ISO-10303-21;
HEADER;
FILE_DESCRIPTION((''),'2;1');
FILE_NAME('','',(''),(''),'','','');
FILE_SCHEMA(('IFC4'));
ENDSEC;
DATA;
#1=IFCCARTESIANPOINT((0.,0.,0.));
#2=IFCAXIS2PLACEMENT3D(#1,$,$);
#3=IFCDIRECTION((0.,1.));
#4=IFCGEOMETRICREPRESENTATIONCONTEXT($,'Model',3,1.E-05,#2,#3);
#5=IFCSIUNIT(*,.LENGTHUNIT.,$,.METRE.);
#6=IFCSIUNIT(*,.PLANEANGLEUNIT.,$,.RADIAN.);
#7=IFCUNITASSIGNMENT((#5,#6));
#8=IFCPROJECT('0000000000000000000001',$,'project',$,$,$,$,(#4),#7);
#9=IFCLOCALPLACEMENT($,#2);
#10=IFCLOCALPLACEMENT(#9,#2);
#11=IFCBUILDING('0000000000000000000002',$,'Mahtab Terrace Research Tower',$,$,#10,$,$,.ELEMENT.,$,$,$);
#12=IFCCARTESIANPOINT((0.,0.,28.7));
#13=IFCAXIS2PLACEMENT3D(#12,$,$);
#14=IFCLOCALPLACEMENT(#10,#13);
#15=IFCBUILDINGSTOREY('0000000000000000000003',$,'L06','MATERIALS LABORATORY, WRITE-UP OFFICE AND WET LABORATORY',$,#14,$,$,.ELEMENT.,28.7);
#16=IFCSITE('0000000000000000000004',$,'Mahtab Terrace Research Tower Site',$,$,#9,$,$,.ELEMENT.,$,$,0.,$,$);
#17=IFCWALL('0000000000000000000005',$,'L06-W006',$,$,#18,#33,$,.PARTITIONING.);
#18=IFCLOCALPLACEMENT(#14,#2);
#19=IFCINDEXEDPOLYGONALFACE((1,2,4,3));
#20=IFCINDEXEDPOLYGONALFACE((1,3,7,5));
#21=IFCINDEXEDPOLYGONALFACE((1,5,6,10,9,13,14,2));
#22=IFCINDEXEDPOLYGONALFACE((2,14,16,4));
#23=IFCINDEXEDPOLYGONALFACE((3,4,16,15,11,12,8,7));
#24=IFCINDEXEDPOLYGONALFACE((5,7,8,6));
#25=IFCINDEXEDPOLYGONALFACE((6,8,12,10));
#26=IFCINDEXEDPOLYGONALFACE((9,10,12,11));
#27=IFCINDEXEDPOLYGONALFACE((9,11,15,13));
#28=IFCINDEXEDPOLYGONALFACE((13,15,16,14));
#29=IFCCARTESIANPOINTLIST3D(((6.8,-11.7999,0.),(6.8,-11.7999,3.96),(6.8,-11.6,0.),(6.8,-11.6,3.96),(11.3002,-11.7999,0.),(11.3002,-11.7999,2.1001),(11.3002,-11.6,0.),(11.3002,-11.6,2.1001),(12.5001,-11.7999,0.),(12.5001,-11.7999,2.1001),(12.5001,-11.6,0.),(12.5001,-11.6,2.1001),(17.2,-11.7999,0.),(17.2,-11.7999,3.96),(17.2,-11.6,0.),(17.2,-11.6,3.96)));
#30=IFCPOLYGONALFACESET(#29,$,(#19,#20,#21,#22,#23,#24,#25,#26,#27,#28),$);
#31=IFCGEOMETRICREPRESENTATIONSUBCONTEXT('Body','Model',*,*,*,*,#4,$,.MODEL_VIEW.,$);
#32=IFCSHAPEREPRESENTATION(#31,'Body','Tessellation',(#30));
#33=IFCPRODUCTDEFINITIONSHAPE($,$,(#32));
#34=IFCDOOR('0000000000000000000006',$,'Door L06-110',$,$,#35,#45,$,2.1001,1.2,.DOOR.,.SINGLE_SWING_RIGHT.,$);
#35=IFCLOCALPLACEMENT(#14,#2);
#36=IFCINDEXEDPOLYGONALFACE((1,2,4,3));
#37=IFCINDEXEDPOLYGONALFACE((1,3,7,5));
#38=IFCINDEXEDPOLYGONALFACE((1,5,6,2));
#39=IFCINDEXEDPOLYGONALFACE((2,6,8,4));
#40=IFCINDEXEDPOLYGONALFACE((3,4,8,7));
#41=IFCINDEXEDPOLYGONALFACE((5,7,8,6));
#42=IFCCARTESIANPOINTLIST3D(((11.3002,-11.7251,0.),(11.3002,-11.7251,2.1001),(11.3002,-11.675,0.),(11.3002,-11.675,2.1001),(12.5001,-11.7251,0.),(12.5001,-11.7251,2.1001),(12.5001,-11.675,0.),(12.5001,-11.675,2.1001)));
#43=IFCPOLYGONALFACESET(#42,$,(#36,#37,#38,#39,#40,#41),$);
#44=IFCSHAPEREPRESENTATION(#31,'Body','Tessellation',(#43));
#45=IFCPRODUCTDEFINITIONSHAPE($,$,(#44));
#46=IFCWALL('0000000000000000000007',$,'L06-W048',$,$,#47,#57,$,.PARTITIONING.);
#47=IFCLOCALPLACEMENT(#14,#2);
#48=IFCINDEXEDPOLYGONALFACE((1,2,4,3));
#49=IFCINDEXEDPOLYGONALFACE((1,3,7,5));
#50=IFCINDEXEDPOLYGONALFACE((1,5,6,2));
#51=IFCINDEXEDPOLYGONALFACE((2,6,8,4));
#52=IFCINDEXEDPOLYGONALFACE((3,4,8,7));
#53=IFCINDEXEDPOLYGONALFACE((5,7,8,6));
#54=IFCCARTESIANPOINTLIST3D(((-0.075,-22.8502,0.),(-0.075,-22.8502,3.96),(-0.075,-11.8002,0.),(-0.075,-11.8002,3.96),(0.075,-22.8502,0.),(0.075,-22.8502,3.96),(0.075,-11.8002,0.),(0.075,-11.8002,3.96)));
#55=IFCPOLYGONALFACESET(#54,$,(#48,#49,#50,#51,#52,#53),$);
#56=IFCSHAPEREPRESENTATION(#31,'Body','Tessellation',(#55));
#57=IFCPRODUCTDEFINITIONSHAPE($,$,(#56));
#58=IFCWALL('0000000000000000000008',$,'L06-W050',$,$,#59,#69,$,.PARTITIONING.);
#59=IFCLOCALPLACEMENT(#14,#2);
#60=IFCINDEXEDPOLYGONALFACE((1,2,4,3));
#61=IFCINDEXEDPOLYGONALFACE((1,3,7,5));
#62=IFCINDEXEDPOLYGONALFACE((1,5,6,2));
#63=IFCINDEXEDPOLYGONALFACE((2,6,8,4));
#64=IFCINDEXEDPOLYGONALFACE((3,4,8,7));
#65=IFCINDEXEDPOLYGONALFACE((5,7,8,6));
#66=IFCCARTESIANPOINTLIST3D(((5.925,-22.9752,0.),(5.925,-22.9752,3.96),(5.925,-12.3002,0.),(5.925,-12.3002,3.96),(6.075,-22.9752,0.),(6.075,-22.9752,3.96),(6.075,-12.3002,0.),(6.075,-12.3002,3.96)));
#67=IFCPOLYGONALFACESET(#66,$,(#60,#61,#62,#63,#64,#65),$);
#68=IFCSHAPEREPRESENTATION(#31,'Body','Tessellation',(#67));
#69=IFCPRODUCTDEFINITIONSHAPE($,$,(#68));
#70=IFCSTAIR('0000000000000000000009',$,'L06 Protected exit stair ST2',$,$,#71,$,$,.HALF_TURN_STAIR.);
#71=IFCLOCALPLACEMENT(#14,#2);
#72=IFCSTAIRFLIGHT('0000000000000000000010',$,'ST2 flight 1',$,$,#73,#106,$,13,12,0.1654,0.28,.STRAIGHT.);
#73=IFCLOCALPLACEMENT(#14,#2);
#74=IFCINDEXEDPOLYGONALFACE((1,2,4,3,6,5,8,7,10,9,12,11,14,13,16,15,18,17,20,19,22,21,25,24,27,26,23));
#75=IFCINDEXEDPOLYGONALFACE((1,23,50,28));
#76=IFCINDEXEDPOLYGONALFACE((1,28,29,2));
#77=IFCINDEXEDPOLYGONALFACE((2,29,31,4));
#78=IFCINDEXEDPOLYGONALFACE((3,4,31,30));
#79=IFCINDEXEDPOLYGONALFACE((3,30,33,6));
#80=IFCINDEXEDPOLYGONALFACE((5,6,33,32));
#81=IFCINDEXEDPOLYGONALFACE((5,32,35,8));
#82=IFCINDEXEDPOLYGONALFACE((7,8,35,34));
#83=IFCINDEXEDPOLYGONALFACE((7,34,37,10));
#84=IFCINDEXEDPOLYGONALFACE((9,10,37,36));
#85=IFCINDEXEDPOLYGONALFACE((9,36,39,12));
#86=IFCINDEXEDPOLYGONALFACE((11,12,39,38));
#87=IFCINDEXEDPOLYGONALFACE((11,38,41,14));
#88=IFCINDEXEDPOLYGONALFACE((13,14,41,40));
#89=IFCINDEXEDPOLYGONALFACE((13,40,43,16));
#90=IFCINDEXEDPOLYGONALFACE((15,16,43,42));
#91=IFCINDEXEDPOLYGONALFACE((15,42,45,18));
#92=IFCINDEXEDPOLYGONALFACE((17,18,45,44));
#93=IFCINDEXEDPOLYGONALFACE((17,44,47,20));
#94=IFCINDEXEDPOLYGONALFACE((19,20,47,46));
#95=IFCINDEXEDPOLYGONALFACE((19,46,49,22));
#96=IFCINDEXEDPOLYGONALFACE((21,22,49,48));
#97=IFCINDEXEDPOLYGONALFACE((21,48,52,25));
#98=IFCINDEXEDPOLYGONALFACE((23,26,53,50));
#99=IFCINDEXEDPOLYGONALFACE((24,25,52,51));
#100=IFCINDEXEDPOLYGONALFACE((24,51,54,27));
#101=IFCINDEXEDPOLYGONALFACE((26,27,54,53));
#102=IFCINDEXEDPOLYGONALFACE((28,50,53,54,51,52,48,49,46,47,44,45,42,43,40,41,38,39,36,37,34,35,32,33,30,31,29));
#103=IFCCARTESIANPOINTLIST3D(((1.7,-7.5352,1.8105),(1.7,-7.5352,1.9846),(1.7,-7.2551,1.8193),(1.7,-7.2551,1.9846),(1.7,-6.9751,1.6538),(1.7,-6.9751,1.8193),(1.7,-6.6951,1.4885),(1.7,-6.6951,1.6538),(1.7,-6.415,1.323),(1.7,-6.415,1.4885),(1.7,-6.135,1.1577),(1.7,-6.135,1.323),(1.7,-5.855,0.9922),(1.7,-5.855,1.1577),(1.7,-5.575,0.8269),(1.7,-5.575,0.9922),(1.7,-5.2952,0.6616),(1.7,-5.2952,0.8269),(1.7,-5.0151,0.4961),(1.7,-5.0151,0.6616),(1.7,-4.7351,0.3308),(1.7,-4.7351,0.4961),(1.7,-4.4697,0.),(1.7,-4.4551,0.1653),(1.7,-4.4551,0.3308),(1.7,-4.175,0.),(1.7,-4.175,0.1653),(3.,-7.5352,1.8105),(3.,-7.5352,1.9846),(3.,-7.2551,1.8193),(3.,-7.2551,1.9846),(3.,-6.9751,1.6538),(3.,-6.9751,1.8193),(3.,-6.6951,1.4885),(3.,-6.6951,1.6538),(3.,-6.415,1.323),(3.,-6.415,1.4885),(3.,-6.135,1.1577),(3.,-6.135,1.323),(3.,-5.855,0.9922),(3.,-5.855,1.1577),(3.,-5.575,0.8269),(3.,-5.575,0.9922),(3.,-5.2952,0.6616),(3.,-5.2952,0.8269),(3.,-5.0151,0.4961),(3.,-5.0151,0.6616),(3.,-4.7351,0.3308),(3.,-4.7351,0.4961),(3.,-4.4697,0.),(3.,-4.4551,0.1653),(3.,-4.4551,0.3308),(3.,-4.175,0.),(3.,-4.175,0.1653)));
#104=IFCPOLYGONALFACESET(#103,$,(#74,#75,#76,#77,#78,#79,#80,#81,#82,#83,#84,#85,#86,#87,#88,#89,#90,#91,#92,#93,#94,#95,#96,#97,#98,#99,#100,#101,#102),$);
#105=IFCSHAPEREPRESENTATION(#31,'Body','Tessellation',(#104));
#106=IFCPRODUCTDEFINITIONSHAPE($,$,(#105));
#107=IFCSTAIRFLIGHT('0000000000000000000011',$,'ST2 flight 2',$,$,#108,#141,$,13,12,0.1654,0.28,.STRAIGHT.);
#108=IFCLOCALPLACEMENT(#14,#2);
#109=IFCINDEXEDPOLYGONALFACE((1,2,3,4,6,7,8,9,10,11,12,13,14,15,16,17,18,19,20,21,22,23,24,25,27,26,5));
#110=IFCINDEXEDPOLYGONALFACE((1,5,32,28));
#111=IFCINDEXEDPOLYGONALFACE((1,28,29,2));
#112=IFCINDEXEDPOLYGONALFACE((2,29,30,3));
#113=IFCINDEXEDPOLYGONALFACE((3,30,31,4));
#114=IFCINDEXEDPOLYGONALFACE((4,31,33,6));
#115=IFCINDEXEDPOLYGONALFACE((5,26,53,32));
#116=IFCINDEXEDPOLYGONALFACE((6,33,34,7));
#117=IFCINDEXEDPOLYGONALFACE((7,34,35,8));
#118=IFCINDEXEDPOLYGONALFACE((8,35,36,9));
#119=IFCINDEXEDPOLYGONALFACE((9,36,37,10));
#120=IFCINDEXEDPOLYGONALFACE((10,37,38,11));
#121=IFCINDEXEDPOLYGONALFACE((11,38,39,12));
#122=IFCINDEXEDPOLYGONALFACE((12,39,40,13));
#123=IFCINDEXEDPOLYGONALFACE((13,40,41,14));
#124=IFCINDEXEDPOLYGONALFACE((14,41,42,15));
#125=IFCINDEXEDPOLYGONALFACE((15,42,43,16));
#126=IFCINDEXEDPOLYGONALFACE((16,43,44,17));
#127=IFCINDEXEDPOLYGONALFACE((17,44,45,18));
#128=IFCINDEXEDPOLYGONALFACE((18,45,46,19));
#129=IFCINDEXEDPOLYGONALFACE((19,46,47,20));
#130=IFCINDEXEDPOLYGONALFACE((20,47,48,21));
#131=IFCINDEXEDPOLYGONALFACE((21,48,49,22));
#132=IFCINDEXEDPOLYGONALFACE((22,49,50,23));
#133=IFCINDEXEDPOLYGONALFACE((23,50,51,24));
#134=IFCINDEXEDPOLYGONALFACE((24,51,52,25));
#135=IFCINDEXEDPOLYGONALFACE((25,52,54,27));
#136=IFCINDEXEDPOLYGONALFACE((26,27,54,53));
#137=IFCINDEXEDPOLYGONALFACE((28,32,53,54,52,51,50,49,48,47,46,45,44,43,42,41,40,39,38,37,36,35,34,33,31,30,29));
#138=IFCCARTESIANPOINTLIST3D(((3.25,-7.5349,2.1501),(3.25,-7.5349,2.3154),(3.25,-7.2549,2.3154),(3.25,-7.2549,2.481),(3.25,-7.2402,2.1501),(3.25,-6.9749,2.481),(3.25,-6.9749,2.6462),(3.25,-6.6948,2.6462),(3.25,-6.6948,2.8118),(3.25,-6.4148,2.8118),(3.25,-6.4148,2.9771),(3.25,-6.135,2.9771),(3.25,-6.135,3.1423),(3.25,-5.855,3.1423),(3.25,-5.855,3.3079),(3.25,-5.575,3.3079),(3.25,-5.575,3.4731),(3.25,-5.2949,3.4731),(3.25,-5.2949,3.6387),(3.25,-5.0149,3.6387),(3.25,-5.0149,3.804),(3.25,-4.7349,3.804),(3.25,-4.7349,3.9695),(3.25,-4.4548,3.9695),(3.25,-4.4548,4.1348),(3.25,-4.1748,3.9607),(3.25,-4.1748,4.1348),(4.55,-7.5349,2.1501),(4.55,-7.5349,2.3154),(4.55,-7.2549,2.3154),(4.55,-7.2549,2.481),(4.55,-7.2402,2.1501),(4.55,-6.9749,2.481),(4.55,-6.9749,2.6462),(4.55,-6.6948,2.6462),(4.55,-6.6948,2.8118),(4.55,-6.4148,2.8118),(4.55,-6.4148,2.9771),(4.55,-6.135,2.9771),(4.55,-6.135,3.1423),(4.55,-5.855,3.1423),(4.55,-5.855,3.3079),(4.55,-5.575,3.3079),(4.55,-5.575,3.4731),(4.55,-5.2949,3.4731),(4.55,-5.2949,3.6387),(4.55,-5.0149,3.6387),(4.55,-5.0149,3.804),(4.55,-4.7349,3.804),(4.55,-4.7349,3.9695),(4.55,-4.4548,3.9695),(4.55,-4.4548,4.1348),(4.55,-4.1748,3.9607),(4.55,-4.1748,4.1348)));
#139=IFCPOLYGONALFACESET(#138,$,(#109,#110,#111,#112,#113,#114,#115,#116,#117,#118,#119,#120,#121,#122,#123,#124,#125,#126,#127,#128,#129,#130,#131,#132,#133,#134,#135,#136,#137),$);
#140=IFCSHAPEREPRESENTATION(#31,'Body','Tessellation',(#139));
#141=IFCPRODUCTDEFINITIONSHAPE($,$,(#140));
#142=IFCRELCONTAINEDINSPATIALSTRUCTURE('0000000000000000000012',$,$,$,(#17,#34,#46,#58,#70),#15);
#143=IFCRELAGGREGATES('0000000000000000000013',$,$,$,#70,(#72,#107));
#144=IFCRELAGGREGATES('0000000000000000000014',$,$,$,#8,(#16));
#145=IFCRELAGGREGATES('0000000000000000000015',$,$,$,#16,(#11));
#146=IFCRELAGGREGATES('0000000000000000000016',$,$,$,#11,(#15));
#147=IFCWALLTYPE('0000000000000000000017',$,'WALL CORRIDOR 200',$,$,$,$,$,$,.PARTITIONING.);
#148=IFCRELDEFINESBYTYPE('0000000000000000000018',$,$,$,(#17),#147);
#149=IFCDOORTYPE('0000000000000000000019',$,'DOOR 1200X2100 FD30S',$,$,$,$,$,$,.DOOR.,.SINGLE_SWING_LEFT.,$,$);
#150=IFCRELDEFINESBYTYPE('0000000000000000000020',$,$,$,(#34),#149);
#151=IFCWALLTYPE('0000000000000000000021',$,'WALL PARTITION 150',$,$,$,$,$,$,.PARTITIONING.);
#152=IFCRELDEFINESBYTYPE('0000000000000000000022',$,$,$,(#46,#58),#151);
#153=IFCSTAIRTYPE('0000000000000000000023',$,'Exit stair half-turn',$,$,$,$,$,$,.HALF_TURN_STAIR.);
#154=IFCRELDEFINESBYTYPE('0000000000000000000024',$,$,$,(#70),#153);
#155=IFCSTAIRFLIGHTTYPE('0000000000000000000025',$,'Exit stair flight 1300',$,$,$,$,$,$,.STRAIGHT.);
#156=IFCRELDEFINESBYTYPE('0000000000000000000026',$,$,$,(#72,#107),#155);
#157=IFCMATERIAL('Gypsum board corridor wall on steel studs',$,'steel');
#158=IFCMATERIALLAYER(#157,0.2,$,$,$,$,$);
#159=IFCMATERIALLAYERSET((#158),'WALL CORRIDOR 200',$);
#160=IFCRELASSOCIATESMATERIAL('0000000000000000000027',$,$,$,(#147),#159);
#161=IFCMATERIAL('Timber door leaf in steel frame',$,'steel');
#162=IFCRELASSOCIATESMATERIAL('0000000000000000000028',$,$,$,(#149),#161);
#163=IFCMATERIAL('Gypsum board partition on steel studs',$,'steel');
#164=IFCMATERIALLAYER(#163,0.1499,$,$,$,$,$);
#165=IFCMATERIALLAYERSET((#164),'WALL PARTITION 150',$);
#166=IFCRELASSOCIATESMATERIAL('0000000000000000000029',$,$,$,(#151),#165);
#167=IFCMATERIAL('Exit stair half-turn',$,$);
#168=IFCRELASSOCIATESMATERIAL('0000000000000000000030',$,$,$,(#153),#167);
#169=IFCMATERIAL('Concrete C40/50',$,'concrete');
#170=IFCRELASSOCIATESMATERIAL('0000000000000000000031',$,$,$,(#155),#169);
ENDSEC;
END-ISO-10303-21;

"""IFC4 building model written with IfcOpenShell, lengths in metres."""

from ifc_helpers import new_model, si_unit, direction, frame, frame_2d, origin, place, context, subcontext, project, spatial, polyline, rectangle, outline, extrude, material, layer, layer_set, type_object, element, fill, aggregate, save


model = new_model("IFC4")

# Units and contexts
model_context = context("Model", 3, precision=1e-05, world=origin(), true_north=direction((0.0, 1.0)))
body_context = subcontext(model_context, "Body", "Model", "MODEL_VIEW")
ifc_project = project(units=[si_unit("LENGTHUNIT", "METRE"), si_unit("PLANEANGLEUNIT", "RADIAN")], contexts=[model_context])

# Site, building, storey
site_placement = place(None, origin())
site = spatial("IfcSite", under=ifc_project, at=site_placement, Name="Mahtab Terrace Research Tower Site", CompositionType="ELEMENT", RefElevation=0.0)
building_placement = place(site_placement, origin())
building = spatial("IfcBuilding", under=site, at=building_placement, Name="Mahtab Terrace Research Tower", CompositionType="ELEMENT")
storey_placement = place(building_placement, frame((0.0, 0.0, 28.7)))
storey = spatial("IfcBuildingStorey", under=building, at=storey_placement, Name="L06", Description="MATERIALS LABORATORY, WRITE-UP OFFICE AND WET LABORATORY", CompositionType="ELEMENT", Elevation=28.7)

# Shared definitions
ifc_material_1 = material(Name="Timber door leaf in steel frame", Category="steel")

# Wall, opening, door
ifc_material_2 = material(Name="Gypsum board corridor wall on steel studs", Category="steel")
ifc_layer_1 = layer(ifc_material_2, 0.2)
ifc_layer_set_1 = layer_set([ifc_layer_1], Name="WALL CORRIDOR 200")
wall_type_1 = type_object("IfcWallType", Name="WALL CORRIDOR 200", PredefinedType="PARTITIONING", material=ifc_layer_set_1)
wall_1_placement = place(storey_placement, frame((6.8, -11.7, 0.0), z_axis=(0.0, 0.0, 1.0), x_axis=(1.0, 0.0, 0.0)))
wall_1 = element("IfcWall", 1, at=wall_1_placement, inside=storey, type_object=wall_type_1, Name="L06-W006", PredefinedType="PARTITIONING", context=body_context, shape_type="SweptSolid", body=[
    extrude(rectangle(XDim=10.3999, YDim=0.2, at=frame_2d((5.2, 0.0))), origin(), (0.0, 0.0, 1.0), 3.96),
])
opening_1_placement = place(wall_1_placement, frame((4.5, 0.0, 0.0)))
opening_1 = element("IfcOpeningElement", 2, at=opening_1_placement, cuts=wall_1, PredefinedType="OPENING", context=body_context, shape_type="SweptSolid", body=[
    extrude(rectangle(XDim=1.2, YDim=2.1001, at=frame_2d((0.6001, 1.05))), frame((0.0, 0.1099, 0.0), z_axis=(0.0, -1.0, 0.0), x_axis=(1.0, 0.0, 0.0)), (0.0, 0.0, 1.0), 0.22),
])
door_type_1 = type_object("IfcDoorType", Name="DOOR 1200X2100 FD30S", OperationType="SINGLE_SWING_LEFT", PredefinedType="DOOR", material=ifc_material_1)
door_1_placement = place(opening_1_placement, origin())
door_1 = element("IfcDoor", 3, at=door_1_placement, inside=storey, type_object=door_type_1, Name="Door L06-110", OperationType="SINGLE_SWING_RIGHT", OverallHeight=2.1001, OverallWidth=1.2, PredefinedType="DOOR", context=body_context, shape_type="SweptSolid", body=[
    extrude(rectangle(XDim=1.2, YDim=2.1001, at=frame_2d((0.6001, 1.05))), frame((0.0, 0.0249, 0.0), z_axis=(0.0, -1.0, 0.0), x_axis=(1.0, 0.0, 0.0)), (0.0, 0.0, 1.0), 0.05),
])
fill(opening_1, door_1)

# Walls
ifc_material_3 = material(Name="Gypsum board partition on steel studs", Category="steel")
ifc_layer_2 = layer(ifc_material_3, 0.1499)
ifc_layer_set_2 = layer_set([ifc_layer_2], Name="WALL PARTITION 150")
wall_type_2 = type_object("IfcWallType", Name="WALL PARTITION 150", PredefinedType="PARTITIONING", material=ifc_layer_set_2)
wall_2_placement = place(storey_placement, frame((0.0, -22.8501, 0.0), z_axis=(0.0, 0.0, 1.0), x_axis=(0.0, 1.0, 0.0)))
element("IfcWall", 4, at=wall_2_placement, inside=storey, type_object=wall_type_2, Name="L06-W048", PredefinedType="PARTITIONING", context=body_context, shape_type="SweptSolid", body=[
    extrude(rectangle(XDim=11.05, YDim=0.1499, at=frame_2d((5.5249, 0.0))), origin(), (0.0, 0.0, 1.0), 3.96),
])
wall_3_placement = place(storey_placement, frame((6.0, -22.9751, 0.0), z_axis=(0.0, 0.0, 1.0), x_axis=(0.0, 1.0, 0.0)))
element("IfcWall", 5, at=wall_3_placement, inside=storey, type_object=wall_type_2, Name="L06-W050", PredefinedType="PARTITIONING", context=body_context, shape_type="SweptSolid", body=[
    extrude(rectangle(XDim=10.675, YDim=0.1499, at=frame_2d((5.3374, 0.0))), origin(), (0.0, 0.0, 1.0), 3.96),
])

# Stair, stair flights
ifc_material_4 = material(Name="Exit stair half-turn")
stair_type = type_object("IfcStairType", Name="Exit stair half-turn", PredefinedType="HALF_TURN_STAIR", material=ifc_material_4)
stair_placement = place(storey_placement, origin())
stair = element("IfcStair", 6, at=stair_placement, inside=storey, type_object=stair_type, Name="L06 Protected exit stair ST2", PredefinedType="HALF_TURN_STAIR")
ifc_material_5 = material(Name="Concrete C40/50", Category="concrete")
stair_flight_type = type_object("IfcStairFlightType", Name="Exit stair flight 1300", PredefinedType="STRAIGHT", material=ifc_material_5)
stair_flight_1_placement = place(storey_placement, frame((2.3501, -4.175, 0.0), z_axis=(0.0, 0.0, 1.0), x_axis=(0.0, -1.0, 0.0)))
stair_flight_1 = element("IfcStairFlight", 7, at=stair_flight_1_placement, type_object=stair_flight_type, Name="ST2 flight 1", NumberOfRisers=13, NumberOfTreads=12, PredefinedType="STRAIGHT", RiserHeight=0.1654, TreadLength=0.28, context=body_context, shape_type="SweptSolid", body=[
    extrude(outline(polyline([(0.0, 0.0), (0.0, 0.1653), (0.28, 0.1653), (0.28, 0.3308), (0.5601, 0.3308), (0.5601, 0.4961), (0.8401, 0.4961), (0.8401, 0.6616), (1.1201, 0.6616), (1.1201, 0.8269), (1.3999, 0.8269), (1.3999, 0.9922), (1.6799, 0.9922), (1.6799, 1.1577), (1.96, 1.1577), (1.96, 1.323), (2.24, 1.323), (2.24, 1.4885), (2.52, 1.4885), (2.52, 1.6538), (2.8, 1.6538), (2.8, 1.8193), (3.0801, 1.8193), (3.0801, 1.9846), (3.3601, 1.9846), (3.3601, 2.1499), (3.3601, 1.8105), (0.2947, 0.0), (0.0, 0.0)])), frame((0.0, 0.6499, 0.0), z_axis=(0.0, -1.0, 0.0), x_axis=(1.0, 0.0, 0.0)), (0.0, 0.0, 1.0), 1.3),
])
stair_flight_2_placement = place(storey_placement, frame((3.8999, -7.5349, 2.1501), z_axis=(0.0, 0.0, 1.0), x_axis=(0.0, 1.0, 0.0)))
stair_flight_2 = element("IfcStairFlight", 8, at=stair_flight_2_placement, type_object=stair_flight_type, Name="ST2 flight 2", NumberOfRisers=13, NumberOfTreads=12, PredefinedType="STRAIGHT", RiserHeight=0.1654, TreadLength=0.28, context=body_context, shape_type="SweptSolid", body=[
    extrude(outline(polyline([(0.0, 0.0), (0.0, 0.1653), (0.28, 0.1653), (0.28, 0.3308), (0.5601, 0.3308), (0.5601, 0.4961), (0.8401, 0.4961), (0.8401, 0.6616), (1.1201, 0.6616), (1.1201, 0.8269), (1.3999, 0.8269), (1.3999, 0.9922), (1.6799, 0.9922), (1.6799, 1.1577), (1.96, 1.1577), (1.96, 1.323), (2.24, 1.323), (2.24, 1.4885), (2.52, 1.4885), (2.52, 1.6538), (2.8, 1.6538), (2.8, 1.8193), (3.0801, 1.8193), (3.0801, 1.9846), (3.3601, 1.9846), (3.3601, 2.1499), (3.3601, 1.8105), (0.2947, 0.0), (0.0, 0.0)])), frame((0.0, 0.6499, 0.0), z_axis=(0.0, -1.0, 0.0), x_axis=(1.0, 0.0, 0.0)), (0.0, 0.0, 1.0), 1.3),
])
aggregate(stair, [stair_flight_1, stair_flight_2])

save(model, "model.ifc")
